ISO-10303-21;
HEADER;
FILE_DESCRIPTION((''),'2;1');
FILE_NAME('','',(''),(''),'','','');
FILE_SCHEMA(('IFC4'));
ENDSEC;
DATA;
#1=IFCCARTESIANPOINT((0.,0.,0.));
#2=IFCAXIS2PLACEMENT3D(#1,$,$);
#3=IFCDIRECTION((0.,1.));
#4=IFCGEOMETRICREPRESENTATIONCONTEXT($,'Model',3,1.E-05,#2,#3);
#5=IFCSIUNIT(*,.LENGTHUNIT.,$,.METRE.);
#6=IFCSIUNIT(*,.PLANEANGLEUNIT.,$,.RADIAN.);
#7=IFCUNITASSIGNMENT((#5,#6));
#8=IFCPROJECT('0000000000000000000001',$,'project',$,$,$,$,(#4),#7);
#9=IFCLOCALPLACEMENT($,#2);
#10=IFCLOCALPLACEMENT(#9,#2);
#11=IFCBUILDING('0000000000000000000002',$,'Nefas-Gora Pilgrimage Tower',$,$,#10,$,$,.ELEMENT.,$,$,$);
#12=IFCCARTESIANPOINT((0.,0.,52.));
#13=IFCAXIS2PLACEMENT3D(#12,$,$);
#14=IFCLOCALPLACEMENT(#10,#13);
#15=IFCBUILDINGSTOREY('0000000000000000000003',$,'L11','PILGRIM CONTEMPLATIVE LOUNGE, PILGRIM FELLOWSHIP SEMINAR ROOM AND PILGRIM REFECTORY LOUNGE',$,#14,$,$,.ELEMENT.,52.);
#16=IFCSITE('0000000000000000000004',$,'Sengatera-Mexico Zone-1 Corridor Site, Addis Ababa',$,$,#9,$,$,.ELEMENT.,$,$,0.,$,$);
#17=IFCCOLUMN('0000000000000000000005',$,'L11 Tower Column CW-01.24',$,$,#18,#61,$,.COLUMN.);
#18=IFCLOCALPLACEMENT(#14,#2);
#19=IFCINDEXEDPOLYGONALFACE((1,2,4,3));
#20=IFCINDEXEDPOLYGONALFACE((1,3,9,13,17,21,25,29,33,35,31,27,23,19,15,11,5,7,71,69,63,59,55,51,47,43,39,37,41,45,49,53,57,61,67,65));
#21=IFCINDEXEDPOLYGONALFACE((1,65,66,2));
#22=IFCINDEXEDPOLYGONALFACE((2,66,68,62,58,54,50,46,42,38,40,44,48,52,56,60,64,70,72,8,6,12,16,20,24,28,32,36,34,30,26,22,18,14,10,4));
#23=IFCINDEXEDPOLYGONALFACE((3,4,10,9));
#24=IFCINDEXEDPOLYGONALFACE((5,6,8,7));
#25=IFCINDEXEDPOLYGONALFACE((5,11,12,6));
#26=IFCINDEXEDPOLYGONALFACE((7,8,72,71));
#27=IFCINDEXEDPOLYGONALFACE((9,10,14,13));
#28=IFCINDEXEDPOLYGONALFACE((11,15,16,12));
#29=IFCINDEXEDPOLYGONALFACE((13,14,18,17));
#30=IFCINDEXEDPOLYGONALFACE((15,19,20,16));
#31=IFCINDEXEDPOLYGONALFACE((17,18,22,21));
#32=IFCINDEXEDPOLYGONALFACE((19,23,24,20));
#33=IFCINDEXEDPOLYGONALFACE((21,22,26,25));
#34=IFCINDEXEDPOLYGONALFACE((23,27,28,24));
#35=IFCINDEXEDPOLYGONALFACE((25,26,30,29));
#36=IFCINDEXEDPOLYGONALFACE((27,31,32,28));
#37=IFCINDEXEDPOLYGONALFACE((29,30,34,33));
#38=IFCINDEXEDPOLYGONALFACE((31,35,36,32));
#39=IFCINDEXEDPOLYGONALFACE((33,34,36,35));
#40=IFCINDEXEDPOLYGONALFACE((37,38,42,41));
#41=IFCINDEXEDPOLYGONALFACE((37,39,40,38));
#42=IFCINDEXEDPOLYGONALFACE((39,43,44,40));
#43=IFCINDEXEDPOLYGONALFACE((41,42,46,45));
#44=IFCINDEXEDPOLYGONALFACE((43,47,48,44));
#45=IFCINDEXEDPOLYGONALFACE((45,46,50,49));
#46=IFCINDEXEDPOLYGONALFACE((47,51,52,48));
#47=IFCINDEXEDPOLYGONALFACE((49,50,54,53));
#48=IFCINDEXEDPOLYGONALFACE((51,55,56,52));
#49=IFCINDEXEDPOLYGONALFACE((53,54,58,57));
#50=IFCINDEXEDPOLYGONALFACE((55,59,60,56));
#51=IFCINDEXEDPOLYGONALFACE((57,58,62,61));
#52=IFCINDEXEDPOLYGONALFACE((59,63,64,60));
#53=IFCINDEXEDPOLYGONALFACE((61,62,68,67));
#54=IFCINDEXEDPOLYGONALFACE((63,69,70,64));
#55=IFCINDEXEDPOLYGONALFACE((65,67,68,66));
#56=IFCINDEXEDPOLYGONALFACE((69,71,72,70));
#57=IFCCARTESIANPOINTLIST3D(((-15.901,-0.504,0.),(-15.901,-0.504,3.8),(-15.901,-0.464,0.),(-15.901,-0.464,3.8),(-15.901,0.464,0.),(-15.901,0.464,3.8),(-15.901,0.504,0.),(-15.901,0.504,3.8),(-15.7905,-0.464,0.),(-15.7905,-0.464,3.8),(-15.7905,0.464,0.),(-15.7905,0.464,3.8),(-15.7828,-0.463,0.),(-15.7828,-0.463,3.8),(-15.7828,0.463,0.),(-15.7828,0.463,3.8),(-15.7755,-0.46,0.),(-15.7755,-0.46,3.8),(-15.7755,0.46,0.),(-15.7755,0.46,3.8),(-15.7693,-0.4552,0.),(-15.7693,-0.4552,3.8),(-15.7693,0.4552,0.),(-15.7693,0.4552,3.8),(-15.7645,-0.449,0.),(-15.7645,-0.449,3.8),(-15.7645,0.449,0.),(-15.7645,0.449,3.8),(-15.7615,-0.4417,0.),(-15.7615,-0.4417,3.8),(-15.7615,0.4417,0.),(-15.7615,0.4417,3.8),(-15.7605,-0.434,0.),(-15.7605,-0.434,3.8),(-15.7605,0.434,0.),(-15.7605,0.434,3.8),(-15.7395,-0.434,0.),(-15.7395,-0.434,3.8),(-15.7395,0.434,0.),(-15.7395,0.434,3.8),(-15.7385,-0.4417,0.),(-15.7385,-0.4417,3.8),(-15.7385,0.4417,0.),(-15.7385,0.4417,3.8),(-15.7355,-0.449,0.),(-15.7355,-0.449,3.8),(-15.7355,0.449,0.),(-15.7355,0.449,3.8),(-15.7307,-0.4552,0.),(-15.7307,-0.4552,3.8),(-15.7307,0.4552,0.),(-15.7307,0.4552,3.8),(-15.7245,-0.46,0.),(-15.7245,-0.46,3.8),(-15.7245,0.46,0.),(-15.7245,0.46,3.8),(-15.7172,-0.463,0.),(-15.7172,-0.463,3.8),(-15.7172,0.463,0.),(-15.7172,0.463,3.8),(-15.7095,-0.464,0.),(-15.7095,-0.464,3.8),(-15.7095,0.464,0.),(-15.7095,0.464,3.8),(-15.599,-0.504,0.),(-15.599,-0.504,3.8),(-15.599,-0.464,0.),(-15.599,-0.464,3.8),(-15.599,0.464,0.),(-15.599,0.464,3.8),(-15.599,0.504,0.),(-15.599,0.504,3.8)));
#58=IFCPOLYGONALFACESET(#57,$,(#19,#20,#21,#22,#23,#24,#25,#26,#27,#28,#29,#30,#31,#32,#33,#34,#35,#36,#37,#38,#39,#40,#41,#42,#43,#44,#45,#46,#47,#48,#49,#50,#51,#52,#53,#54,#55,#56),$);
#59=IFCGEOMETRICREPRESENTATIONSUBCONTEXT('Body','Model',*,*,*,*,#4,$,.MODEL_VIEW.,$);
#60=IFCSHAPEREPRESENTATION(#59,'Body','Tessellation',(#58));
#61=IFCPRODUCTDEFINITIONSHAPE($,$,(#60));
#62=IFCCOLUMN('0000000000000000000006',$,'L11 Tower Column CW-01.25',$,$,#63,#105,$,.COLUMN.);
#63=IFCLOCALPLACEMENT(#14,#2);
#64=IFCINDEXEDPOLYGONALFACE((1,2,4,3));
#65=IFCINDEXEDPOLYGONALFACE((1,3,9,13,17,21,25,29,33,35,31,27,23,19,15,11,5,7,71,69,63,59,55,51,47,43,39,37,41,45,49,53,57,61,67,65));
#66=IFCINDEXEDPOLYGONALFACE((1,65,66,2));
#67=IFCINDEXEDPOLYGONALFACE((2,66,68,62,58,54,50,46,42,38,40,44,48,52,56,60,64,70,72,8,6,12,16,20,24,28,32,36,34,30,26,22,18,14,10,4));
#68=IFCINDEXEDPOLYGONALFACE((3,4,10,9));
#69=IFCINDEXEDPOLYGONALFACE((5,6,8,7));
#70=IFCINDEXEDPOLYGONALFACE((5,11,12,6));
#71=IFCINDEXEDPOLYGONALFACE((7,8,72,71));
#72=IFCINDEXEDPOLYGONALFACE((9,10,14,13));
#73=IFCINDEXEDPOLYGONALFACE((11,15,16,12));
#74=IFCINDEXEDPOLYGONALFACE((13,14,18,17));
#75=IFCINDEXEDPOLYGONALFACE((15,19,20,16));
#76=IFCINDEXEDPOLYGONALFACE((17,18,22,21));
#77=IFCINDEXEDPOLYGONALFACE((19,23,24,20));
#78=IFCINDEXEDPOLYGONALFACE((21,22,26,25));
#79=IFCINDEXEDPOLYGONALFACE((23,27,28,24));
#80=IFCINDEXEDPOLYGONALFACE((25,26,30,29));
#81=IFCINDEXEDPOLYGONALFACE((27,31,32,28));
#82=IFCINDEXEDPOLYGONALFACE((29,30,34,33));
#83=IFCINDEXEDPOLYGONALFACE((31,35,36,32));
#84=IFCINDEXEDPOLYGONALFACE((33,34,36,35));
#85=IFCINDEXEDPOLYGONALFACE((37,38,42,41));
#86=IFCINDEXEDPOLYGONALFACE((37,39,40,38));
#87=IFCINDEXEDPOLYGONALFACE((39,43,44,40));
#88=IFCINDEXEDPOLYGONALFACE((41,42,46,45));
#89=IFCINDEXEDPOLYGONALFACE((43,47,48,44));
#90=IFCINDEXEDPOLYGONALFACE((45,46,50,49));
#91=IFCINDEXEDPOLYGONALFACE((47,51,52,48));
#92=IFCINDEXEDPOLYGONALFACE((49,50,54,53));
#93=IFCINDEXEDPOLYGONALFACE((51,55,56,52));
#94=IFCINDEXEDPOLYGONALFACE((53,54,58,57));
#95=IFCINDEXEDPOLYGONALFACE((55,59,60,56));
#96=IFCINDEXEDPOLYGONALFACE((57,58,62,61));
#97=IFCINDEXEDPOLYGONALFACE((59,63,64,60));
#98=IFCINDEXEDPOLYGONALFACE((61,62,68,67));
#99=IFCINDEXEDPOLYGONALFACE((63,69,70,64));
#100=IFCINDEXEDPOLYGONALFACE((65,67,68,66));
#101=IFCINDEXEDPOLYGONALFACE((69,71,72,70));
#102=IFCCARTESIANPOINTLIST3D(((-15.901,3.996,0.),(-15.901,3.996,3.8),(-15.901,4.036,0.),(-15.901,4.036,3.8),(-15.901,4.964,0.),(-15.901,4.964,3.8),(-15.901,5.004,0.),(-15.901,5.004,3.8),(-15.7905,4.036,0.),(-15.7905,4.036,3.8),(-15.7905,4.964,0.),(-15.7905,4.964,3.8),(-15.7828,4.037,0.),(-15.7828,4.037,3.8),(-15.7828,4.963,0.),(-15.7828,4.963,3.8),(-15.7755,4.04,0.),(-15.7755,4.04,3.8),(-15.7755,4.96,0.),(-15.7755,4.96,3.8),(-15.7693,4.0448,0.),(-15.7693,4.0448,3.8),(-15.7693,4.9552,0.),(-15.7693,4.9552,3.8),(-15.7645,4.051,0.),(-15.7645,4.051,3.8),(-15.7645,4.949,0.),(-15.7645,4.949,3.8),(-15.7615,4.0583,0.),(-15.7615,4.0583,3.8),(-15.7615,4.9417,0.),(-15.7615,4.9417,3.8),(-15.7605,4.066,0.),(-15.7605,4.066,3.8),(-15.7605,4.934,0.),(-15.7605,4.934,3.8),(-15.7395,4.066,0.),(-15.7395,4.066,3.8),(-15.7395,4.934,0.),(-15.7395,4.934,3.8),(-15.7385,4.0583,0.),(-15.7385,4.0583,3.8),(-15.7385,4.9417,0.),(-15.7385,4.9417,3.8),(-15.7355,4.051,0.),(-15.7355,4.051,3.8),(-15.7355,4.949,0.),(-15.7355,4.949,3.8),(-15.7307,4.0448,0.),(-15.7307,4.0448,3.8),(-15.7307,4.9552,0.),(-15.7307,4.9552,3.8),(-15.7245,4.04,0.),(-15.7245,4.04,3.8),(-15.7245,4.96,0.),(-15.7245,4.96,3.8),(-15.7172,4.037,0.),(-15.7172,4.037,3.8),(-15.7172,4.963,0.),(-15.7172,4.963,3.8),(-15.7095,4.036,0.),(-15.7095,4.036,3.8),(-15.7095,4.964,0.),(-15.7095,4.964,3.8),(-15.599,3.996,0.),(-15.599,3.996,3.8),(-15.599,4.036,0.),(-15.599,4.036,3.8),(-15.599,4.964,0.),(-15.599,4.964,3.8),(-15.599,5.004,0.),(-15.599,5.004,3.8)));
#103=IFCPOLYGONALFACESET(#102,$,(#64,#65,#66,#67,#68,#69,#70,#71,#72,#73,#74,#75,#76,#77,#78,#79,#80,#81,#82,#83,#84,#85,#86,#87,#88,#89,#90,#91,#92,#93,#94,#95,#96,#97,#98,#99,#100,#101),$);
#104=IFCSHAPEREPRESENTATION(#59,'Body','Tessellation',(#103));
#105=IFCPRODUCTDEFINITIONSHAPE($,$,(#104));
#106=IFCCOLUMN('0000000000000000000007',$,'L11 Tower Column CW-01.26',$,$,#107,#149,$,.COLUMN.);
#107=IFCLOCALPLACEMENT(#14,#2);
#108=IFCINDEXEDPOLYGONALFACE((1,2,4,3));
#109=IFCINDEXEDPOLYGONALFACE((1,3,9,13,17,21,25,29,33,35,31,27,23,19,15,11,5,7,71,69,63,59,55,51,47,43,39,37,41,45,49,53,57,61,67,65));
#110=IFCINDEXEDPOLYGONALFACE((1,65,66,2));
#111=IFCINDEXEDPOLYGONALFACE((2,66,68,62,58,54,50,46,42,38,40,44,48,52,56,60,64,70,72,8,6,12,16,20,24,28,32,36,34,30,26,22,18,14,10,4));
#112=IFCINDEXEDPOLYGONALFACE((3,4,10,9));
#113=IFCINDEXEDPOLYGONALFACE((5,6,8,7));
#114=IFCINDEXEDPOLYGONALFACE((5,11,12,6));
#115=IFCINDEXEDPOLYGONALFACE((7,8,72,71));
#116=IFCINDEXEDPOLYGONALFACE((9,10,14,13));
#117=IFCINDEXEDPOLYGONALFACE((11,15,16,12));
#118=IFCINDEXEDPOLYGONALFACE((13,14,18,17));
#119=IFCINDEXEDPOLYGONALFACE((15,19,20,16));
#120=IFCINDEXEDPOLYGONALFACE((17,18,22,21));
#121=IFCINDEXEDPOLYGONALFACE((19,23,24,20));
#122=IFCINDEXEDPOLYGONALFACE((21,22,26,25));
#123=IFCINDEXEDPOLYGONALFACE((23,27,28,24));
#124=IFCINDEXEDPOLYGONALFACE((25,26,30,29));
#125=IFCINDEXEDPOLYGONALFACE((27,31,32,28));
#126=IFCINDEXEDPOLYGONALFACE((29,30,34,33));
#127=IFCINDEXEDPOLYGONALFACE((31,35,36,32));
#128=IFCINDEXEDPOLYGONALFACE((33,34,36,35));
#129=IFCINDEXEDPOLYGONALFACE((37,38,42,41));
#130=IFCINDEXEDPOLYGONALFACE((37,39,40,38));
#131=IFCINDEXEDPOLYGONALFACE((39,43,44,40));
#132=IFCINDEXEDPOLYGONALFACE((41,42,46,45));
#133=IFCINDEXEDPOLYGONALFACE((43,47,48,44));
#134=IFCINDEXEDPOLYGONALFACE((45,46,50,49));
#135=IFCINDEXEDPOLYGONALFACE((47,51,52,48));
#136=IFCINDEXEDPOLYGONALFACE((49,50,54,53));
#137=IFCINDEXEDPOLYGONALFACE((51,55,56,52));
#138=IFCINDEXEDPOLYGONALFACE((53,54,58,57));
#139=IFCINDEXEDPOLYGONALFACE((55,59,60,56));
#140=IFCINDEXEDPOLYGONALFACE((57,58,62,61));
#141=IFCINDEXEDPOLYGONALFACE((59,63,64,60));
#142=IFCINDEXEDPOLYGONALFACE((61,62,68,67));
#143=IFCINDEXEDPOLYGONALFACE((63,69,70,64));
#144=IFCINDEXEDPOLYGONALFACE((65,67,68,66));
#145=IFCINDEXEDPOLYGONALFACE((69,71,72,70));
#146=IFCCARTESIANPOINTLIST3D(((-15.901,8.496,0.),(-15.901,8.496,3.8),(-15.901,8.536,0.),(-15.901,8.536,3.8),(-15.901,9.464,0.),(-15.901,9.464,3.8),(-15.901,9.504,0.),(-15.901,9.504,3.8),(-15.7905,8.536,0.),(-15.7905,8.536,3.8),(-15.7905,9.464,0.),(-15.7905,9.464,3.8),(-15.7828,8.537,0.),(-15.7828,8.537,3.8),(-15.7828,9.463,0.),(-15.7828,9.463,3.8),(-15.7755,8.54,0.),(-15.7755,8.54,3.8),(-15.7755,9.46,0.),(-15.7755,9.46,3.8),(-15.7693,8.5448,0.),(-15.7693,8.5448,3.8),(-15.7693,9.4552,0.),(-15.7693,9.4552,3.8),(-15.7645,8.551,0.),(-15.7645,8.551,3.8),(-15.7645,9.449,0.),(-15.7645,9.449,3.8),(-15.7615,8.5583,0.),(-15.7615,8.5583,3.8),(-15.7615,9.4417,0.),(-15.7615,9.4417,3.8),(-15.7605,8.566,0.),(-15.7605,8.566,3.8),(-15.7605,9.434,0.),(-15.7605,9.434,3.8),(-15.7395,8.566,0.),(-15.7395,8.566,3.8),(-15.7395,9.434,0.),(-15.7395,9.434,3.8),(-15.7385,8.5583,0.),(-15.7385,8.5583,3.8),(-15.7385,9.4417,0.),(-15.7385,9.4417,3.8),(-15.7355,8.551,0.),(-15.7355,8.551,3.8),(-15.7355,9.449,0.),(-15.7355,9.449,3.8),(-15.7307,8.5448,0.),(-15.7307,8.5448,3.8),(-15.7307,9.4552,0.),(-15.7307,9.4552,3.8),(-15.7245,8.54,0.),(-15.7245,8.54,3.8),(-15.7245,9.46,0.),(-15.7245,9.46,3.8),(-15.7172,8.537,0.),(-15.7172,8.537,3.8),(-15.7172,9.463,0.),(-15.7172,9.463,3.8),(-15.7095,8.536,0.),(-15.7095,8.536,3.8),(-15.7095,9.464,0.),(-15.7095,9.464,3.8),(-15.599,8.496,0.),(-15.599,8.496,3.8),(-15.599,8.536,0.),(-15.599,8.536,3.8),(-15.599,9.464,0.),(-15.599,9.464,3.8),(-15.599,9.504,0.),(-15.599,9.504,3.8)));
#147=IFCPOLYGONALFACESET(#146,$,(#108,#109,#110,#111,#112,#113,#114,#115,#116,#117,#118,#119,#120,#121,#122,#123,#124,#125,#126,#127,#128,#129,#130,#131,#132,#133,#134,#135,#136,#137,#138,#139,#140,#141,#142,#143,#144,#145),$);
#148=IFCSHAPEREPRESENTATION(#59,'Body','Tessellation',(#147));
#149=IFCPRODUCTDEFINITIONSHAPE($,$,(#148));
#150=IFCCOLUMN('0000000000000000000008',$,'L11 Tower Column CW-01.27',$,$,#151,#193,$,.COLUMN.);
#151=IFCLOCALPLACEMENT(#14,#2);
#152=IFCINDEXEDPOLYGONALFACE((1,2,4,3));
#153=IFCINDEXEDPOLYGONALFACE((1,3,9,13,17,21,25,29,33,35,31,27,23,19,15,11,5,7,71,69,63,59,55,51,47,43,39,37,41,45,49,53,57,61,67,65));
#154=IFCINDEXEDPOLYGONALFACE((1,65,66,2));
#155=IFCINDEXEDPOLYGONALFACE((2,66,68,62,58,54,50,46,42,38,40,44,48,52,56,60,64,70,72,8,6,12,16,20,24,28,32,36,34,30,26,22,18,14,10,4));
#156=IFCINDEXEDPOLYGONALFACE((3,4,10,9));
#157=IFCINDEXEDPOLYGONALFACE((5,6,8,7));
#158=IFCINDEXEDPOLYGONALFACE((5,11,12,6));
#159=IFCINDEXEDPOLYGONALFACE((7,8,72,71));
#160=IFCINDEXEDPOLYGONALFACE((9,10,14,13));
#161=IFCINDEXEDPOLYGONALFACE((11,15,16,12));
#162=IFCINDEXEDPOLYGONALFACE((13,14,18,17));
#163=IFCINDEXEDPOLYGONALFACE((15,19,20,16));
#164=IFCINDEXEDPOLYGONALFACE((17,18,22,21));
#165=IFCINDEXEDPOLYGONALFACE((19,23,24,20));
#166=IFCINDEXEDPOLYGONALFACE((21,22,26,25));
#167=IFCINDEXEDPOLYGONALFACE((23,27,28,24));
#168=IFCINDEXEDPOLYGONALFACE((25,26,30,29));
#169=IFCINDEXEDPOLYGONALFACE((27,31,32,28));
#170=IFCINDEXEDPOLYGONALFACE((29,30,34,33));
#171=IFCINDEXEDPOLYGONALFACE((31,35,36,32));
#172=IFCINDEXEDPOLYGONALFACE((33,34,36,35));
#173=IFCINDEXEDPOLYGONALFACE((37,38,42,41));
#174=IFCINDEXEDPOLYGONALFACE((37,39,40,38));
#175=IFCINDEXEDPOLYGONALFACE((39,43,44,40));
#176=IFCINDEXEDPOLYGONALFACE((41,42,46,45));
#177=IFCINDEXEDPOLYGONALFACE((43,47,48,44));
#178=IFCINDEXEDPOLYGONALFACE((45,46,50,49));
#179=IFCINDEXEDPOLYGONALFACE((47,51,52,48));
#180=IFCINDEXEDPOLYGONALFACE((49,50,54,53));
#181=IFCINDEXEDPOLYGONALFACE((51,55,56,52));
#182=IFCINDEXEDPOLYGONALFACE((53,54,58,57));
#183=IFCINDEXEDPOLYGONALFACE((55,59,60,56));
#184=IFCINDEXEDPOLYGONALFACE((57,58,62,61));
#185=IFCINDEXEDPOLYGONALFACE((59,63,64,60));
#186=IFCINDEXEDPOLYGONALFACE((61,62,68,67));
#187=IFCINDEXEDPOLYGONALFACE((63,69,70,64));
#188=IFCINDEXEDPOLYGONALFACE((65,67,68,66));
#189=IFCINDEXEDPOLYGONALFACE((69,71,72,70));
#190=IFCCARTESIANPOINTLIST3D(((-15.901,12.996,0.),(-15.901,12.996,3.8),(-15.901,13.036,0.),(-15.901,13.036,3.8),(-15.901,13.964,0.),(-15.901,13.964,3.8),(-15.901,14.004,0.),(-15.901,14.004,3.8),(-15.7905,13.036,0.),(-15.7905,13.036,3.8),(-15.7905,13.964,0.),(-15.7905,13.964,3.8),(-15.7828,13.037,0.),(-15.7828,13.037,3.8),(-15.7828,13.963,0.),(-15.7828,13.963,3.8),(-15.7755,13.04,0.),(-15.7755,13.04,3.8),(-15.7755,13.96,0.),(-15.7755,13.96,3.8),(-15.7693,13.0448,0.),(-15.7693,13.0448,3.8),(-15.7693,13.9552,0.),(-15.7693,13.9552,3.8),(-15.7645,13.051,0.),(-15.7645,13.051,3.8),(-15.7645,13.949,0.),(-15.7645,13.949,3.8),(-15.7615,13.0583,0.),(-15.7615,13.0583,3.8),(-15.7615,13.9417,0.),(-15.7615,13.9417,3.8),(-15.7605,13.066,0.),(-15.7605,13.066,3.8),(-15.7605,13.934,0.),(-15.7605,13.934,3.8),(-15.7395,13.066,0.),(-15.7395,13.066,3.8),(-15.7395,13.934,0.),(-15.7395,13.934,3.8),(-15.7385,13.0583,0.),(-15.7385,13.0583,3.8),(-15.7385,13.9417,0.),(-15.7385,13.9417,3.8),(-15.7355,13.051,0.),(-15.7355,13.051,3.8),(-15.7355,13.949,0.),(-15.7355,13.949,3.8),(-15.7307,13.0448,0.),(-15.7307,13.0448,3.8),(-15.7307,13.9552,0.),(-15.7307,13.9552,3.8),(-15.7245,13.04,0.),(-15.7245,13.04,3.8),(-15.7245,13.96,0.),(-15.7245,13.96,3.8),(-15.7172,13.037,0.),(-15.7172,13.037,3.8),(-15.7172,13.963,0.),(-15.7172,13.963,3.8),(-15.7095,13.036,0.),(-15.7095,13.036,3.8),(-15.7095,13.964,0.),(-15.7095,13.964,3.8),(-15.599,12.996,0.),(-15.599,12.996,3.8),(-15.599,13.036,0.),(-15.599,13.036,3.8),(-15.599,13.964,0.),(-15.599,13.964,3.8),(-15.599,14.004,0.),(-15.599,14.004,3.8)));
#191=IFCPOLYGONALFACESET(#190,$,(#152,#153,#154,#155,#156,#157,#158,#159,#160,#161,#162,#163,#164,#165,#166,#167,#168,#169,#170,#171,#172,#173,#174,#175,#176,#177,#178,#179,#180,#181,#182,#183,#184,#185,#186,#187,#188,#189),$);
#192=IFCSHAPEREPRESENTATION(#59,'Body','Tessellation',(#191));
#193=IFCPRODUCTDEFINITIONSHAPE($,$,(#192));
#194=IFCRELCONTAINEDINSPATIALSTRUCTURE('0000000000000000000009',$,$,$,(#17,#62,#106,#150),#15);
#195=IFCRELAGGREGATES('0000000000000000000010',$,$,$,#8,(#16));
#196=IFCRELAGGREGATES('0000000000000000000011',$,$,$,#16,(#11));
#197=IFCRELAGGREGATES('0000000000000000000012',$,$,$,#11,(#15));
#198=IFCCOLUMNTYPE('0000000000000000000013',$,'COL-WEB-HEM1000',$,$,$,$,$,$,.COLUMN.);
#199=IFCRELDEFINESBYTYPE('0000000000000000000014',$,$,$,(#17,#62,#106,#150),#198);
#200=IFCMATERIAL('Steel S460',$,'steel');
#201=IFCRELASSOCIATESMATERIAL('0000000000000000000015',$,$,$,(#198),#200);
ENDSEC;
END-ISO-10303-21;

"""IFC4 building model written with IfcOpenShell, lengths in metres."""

from ifc_helpers import new_model, si_unit, direction, frame, origin, origin_2d, place, context, subcontext, project, spatial, i_section, extrude, source, transform, mapped, material, material_profile, profile_set, type_object, element, save


model = new_model("IFC4")

# Units and contexts
model_context = context("Model", 3, precision=1e-05, world=origin(), true_north=direction((0.0, 1.0)))
body_context = subcontext(model_context, "Body", "Model", "MODEL_VIEW")
ifc_project = project(units=[si_unit("LENGTHUNIT", "METRE"), si_unit("PLANEANGLEUNIT", "RADIAN")], contexts=[model_context])

# Site, building, storey
site_placement = place(None, origin())
site = spatial("IfcSite", under=ifc_project, at=site_placement, Name="Sengatera-Mexico Zone-1 Corridor Site, Addis Ababa", CompositionType="ELEMENT", RefElevation=0.0)
building_placement = place(site_placement, origin())
building = spatial("IfcBuilding", under=site, at=building_placement, Name="Nefas-Gora Pilgrimage Tower", CompositionType="ELEMENT")
storey_placement = place(building_placement, frame((0.0, 0.0, 52.0)))
storey = spatial("IfcBuildingStorey", under=building, at=storey_placement, Name="L11", Description="PILGRIM CONTEMPLATIVE LOUNGE, PILGRIM FELLOWSHIP SEMINAR ROOM AND PILGRIM REFECTORY LOUNGE", CompositionType="ELEMENT", Elevation=52.0)

# Columns
ifc_material_1 = material(Name="Steel S460", Category="steel")
ifc_material_profile_1 = material_profile(ifc_material_1, i_section(OverallWidth=0.302, OverallDepth=1.0081, WebThickness=0.021, FlangeThickness=0.04, FilletRadius=0.03, at=origin_2d()), Name="HEM 1000")
ifc_profile_set_1 = profile_set([ifc_material_profile_1], Name="Steel S460")
column_type_1 = type_object("IfcColumnType", Name="COL-WEB-HEM1000", PredefinedType="COLUMN", material=ifc_profile_set_1)
shared_shape_1 = source(origin(), body_context, "Body", "SweptSolid", [
    extrude(i_section(OverallWidth=0.302, OverallDepth=1.0081, WebThickness=0.021, FlangeThickness=0.04, FilletRadius=0.03, at=origin_2d()), origin(), (0.0, 0.0, 1.0), 3.8),
])
for number, where, z_axis, x_axis, name in (
    (1, (-15.75, 0.0, 0.0), (0.0, 0.0, 1.0), (1.0, 0.0, 0.0), "L11 Tower Column CW-01.24"),
    (2, (-15.75, 4.5, 0.0), (0.0, 0.0, 1.0), (1.0, 0.0, 0.0), "L11 Tower Column CW-01.25"),
    (3, (-15.75, 9.0, 0.0), (0.0, 0.0, 1.0), (1.0, 0.0, 0.0), "L11 Tower Column CW-01.26"),
    (4, (-15.75, 13.5, 0.0), (0.0, 0.0, 1.0), (1.0, 0.0, 0.0), "L11 Tower Column CW-01.27"),
):
    element("IfcColumn", number, at=place(storey_placement, frame(where, z_axis=z_axis, x_axis=x_axis)), inside=storey, type_object=column_type_1, Name=name, PredefinedType="COLUMN", context=body_context, shape_type="MappedRepresentation", body=[
        mapped(shared_shape_1, transform((0.0, 0.0, 0.0), x_axis=(1.0, 0.0, 0.0), y_axis=(0.0, 1.0, 0.0), z_axis=(0.0, 0.0, 1.0), scale=1.0)),
    ])

save(model, "model.ifc")
